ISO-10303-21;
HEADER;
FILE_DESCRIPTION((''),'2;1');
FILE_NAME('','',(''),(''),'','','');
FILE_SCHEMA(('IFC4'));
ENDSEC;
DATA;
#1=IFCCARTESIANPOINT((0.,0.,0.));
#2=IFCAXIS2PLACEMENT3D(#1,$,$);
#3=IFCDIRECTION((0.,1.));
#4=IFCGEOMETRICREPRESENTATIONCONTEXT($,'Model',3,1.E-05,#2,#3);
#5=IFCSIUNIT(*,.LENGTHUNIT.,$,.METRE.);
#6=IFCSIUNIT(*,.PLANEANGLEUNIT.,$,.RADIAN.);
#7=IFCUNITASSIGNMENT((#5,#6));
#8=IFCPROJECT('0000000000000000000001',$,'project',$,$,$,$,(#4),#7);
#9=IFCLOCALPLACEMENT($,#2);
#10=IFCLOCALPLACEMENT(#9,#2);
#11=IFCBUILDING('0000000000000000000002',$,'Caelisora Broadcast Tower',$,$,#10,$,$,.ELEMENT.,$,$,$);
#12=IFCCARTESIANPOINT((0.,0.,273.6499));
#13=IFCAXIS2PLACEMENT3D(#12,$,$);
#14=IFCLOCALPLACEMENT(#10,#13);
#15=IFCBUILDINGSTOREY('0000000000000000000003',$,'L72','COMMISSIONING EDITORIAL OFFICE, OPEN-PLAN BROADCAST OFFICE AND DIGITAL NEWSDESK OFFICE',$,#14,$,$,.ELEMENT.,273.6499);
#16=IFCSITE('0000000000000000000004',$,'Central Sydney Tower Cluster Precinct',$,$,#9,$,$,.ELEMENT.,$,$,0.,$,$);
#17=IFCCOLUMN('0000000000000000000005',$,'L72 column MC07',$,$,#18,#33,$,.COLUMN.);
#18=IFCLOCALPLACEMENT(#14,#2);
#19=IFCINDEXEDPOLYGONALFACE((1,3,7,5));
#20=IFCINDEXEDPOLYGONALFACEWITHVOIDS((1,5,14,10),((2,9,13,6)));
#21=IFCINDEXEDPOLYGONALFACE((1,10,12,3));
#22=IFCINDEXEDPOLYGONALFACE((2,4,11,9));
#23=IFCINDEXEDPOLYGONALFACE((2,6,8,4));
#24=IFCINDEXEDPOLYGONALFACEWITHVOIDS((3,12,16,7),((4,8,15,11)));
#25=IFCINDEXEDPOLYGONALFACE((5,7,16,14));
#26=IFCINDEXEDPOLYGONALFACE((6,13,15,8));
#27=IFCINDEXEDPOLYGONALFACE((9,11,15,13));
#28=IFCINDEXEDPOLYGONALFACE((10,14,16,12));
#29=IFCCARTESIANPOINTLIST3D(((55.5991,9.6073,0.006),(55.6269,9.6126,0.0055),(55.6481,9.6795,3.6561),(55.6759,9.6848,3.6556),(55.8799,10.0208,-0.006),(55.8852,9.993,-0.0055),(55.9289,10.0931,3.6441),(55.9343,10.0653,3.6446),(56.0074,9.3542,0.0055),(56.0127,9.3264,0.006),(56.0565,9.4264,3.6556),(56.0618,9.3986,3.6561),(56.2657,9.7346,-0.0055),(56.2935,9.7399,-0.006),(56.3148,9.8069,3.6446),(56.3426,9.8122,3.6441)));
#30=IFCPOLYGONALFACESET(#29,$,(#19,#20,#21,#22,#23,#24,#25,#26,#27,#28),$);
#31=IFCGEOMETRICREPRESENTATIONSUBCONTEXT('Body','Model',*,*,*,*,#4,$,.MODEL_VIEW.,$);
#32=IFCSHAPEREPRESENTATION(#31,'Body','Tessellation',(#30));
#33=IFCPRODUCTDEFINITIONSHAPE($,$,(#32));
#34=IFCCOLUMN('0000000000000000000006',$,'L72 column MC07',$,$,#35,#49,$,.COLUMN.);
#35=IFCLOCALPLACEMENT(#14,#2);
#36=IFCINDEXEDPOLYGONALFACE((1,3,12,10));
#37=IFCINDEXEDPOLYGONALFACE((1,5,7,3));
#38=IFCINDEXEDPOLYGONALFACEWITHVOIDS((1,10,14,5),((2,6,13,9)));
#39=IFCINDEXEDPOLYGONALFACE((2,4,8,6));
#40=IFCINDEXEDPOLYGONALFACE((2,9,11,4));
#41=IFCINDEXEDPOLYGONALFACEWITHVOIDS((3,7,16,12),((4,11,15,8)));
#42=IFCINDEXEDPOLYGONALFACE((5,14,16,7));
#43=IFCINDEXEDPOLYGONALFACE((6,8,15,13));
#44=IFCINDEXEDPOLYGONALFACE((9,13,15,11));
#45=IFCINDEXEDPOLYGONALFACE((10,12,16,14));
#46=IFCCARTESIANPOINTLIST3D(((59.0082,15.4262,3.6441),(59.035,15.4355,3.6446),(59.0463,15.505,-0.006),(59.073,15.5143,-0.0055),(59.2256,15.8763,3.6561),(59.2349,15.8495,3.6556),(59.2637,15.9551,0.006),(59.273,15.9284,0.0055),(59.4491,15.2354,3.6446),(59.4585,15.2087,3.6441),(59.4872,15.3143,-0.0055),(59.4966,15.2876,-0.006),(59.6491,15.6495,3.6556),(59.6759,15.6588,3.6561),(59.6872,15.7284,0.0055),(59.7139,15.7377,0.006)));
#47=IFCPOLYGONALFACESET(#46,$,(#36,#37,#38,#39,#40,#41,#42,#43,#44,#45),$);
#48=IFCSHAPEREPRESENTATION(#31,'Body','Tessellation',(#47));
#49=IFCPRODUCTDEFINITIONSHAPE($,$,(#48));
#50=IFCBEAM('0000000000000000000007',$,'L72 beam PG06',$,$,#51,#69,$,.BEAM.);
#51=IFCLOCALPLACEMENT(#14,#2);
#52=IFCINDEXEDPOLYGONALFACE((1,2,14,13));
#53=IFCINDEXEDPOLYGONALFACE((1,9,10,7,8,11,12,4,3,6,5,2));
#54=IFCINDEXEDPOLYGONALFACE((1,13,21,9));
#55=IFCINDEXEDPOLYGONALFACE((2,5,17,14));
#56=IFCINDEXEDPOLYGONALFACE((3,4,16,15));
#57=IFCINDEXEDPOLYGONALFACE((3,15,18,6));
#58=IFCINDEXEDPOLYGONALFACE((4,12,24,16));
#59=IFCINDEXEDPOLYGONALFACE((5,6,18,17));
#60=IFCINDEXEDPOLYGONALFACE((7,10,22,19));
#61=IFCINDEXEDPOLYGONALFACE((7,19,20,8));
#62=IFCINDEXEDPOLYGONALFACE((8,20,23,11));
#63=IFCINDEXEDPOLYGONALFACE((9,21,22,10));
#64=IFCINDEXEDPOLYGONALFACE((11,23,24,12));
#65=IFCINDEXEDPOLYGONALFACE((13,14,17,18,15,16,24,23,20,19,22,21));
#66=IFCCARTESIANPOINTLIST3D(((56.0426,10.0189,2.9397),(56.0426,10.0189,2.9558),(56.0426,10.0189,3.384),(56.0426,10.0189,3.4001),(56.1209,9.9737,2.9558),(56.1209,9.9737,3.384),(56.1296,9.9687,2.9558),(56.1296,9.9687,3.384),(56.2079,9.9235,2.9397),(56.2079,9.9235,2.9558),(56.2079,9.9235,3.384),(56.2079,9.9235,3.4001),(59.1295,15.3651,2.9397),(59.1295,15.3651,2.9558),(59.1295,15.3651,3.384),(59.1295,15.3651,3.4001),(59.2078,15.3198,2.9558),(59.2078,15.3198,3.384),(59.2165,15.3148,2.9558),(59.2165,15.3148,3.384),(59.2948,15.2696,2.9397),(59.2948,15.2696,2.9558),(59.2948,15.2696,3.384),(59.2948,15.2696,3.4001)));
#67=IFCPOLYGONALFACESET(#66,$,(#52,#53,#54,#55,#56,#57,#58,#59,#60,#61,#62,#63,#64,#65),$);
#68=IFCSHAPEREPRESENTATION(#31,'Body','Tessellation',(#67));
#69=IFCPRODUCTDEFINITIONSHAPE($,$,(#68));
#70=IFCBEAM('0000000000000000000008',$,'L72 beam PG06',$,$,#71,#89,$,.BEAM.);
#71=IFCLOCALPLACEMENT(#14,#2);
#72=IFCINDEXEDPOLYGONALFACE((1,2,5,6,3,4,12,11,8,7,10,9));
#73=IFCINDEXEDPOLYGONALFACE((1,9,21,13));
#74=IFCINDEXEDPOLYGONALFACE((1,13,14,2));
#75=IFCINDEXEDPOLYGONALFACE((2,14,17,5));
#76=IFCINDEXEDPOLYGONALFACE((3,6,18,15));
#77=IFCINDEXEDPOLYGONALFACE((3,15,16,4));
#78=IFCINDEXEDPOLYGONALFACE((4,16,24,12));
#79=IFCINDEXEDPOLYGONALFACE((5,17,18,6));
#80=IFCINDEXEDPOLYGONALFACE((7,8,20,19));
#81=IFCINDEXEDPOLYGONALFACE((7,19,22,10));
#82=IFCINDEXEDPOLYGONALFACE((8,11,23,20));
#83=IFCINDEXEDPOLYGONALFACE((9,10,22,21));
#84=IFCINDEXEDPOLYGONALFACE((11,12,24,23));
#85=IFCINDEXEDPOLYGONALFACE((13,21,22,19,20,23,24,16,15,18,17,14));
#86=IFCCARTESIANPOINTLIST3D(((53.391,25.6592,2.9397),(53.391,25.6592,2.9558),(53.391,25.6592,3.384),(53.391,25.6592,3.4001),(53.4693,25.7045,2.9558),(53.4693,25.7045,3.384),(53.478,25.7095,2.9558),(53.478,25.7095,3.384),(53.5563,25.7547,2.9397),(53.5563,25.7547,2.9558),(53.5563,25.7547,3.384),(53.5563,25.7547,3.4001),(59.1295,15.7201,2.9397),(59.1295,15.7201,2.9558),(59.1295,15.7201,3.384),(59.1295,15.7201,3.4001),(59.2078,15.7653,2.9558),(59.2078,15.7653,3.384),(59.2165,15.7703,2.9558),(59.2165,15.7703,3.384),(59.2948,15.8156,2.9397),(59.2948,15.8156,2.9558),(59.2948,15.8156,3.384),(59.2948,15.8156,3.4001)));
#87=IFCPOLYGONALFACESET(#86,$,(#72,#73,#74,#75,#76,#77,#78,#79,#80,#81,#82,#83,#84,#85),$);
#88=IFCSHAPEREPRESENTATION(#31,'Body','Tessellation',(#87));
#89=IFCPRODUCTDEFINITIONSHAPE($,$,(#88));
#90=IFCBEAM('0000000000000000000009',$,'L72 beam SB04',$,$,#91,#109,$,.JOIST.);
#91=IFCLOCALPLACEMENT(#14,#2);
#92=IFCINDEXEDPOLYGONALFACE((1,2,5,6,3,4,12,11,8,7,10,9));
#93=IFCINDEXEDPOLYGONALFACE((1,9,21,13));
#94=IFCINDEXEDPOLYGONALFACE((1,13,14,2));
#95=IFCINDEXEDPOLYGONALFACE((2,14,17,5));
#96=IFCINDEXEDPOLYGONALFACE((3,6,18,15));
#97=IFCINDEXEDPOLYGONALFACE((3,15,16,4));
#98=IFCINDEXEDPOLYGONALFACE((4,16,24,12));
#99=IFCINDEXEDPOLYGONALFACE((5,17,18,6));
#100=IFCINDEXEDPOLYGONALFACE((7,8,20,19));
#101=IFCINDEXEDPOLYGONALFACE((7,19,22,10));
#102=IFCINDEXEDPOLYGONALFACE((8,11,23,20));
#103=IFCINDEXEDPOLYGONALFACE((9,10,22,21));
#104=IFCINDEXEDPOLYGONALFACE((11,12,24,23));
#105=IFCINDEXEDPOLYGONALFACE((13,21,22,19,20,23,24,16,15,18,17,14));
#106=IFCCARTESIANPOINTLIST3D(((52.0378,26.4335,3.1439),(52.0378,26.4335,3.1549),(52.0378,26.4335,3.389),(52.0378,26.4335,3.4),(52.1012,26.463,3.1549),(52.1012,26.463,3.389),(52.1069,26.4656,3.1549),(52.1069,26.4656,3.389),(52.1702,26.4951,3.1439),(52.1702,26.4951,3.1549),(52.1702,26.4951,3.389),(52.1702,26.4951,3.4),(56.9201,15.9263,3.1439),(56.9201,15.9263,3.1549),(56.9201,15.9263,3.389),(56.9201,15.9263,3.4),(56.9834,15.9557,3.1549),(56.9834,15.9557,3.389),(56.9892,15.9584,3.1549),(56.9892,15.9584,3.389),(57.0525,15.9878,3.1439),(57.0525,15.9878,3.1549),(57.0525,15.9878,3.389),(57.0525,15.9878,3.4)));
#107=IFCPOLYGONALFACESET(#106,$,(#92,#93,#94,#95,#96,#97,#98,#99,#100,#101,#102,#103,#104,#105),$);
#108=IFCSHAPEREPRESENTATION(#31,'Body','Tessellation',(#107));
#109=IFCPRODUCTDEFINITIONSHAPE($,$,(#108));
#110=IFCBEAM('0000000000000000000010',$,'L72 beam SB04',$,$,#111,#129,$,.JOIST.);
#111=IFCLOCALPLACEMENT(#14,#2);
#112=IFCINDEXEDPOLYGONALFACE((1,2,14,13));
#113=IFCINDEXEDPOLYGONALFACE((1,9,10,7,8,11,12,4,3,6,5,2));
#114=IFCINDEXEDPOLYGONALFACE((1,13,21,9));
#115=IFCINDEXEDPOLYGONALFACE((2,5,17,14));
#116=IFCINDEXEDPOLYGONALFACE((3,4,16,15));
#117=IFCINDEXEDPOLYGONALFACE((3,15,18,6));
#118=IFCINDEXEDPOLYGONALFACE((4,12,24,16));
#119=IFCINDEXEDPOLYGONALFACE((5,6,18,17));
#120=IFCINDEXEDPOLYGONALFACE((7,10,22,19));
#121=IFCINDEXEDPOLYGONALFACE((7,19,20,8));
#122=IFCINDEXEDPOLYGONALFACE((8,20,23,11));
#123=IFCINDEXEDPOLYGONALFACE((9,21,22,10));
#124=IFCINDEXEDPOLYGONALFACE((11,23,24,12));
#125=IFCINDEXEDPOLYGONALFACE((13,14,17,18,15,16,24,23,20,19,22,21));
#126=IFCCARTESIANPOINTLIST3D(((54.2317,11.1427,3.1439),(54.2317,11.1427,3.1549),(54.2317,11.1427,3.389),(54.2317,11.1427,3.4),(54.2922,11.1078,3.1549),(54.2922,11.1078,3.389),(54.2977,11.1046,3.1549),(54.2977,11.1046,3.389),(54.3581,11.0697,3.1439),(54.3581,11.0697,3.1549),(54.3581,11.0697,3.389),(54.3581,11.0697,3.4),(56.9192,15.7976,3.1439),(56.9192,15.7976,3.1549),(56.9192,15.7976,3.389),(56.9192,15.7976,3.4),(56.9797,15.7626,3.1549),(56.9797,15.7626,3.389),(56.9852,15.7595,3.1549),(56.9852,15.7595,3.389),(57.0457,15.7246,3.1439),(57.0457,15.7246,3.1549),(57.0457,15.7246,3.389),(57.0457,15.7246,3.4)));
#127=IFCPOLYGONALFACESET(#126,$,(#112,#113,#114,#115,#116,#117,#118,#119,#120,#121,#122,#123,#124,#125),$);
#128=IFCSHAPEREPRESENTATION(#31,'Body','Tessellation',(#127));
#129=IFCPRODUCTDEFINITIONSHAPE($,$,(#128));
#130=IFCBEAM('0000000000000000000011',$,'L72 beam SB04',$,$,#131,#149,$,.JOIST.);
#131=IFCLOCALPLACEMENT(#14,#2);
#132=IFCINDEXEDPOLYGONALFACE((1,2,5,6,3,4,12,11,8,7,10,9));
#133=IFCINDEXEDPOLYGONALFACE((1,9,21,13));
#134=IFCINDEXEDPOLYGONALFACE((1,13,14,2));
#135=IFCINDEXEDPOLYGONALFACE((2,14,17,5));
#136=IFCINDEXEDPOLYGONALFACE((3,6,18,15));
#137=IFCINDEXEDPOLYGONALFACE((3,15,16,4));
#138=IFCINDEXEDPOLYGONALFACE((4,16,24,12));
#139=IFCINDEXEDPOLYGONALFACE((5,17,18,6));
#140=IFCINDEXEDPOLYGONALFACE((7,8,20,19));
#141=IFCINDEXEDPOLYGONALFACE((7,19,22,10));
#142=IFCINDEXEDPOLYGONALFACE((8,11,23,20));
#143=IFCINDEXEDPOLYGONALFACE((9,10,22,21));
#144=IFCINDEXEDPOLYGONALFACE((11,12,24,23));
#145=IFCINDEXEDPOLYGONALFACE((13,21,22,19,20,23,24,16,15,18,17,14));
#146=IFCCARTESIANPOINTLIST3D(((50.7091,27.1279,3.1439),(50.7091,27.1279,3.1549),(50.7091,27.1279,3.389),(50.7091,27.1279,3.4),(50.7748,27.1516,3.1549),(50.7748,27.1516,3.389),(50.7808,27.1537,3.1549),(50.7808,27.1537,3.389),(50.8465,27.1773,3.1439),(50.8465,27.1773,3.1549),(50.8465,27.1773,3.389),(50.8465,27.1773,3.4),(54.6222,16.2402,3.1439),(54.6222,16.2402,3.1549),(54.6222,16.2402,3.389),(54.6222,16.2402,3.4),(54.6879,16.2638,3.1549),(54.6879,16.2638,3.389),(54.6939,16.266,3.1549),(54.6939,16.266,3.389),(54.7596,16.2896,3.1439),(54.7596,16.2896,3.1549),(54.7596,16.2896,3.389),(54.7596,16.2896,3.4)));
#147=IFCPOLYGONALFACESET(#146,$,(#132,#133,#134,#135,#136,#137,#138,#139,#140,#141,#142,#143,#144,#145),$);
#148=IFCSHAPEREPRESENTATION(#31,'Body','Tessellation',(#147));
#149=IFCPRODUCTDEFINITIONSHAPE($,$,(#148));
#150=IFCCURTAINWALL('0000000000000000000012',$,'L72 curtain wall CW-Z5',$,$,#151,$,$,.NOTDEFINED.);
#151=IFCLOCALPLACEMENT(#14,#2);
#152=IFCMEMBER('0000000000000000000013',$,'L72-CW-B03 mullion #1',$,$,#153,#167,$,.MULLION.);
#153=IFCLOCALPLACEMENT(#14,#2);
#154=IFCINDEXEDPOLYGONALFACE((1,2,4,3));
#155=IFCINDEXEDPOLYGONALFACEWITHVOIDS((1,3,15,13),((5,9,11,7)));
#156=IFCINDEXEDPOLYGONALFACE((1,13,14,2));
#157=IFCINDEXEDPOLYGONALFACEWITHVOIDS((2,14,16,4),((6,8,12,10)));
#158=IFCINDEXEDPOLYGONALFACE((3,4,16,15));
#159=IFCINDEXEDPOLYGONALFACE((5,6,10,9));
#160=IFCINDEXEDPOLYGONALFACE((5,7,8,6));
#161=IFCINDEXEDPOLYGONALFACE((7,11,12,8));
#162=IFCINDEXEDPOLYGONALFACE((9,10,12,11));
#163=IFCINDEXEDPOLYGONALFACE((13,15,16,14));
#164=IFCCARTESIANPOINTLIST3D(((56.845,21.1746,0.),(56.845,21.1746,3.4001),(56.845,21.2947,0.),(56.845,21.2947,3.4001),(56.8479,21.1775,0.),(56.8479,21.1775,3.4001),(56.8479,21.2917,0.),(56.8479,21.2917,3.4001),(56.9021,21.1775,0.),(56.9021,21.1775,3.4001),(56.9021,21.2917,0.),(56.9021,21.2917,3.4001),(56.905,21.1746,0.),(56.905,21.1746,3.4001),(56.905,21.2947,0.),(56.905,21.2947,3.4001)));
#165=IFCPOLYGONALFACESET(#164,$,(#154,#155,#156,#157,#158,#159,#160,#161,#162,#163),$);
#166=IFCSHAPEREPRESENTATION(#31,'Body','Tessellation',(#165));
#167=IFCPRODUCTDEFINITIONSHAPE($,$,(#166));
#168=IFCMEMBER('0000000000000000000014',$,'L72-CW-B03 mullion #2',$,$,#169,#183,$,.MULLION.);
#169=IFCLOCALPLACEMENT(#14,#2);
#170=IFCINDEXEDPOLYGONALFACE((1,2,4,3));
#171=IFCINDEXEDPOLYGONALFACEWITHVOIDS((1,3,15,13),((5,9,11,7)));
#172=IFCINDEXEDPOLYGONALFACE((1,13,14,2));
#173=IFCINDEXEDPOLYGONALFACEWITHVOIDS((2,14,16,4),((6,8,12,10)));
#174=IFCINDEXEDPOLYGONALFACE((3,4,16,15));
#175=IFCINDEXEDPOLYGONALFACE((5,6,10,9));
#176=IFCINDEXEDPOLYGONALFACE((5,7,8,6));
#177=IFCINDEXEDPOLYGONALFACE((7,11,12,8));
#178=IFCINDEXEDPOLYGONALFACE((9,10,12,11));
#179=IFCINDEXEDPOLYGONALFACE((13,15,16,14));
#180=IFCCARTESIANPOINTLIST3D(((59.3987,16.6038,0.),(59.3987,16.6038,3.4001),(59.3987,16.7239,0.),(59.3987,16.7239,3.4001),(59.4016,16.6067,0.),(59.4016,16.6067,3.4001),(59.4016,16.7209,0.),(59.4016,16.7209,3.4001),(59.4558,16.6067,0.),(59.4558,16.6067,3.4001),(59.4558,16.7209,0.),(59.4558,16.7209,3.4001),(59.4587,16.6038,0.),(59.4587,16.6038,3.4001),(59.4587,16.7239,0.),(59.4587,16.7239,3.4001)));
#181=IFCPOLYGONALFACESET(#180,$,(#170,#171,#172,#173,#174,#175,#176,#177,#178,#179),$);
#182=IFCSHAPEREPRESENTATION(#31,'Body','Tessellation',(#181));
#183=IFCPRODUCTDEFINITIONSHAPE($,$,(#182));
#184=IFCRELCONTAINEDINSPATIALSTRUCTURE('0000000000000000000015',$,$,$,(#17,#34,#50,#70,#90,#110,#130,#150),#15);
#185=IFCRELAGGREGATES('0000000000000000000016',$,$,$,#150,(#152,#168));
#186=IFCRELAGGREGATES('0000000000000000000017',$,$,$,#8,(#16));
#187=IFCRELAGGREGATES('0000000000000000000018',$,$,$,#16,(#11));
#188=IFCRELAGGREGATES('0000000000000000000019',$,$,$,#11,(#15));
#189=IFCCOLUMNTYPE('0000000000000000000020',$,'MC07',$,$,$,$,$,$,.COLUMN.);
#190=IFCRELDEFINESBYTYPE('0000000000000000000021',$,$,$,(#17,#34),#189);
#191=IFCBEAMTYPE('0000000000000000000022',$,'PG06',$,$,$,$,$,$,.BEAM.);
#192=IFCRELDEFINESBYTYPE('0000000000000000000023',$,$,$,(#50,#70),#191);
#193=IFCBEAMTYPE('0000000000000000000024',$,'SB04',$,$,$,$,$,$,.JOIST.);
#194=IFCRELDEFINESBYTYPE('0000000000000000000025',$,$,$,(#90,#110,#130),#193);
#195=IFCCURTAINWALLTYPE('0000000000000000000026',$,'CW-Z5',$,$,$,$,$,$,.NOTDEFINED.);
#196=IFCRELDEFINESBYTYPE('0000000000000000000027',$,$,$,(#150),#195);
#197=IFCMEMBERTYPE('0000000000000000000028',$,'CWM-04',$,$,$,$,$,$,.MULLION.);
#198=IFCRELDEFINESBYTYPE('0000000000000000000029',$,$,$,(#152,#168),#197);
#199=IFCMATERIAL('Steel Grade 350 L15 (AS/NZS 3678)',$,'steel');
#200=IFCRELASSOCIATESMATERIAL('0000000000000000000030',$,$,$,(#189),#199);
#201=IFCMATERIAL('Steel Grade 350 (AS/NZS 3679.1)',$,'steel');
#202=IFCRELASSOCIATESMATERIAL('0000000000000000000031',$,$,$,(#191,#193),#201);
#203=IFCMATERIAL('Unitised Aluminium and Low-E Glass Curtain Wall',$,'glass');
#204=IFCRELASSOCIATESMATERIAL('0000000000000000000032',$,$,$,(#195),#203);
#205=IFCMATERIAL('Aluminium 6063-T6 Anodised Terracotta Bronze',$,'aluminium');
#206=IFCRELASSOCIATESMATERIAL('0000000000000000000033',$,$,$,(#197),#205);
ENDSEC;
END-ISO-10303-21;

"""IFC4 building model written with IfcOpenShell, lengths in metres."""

from ifc_helpers import new_model, si_unit, direction, frame, origin, origin_2d, place, context, subcontext, project, spatial, hollow_rectangle, i_section, extrude, source, transform, mapped, material, material_profile, profile_set, type_object, type_shapes, element, aggregate, save


model = new_model("IFC4")

# Units and contexts
model_context = context("Model", 3, precision=1e-05, world=origin(), true_north=direction((0.0, 1.0)))
body_context = subcontext(model_context, "Body", "Model", "MODEL_VIEW")
ifc_project = project(units=[si_unit("LENGTHUNIT", "METRE"), si_unit("PLANEANGLEUNIT", "RADIAN")], contexts=[model_context])

# Site, building, storey
site_placement = place(None, origin())
site = spatial("IfcSite", under=ifc_project, at=site_placement, Name="Central Sydney Tower Cluster Precinct", CompositionType="ELEMENT", RefElevation=0.0)
building_placement = place(site_placement, origin())
building = spatial("IfcBuilding", under=site, at=building_placement, Name="Caelisora Broadcast Tower", CompositionType="ELEMENT")
storey_placement = place(building_placement, frame((0.0, 0.0, 273.6499)))
storey = spatial("IfcBuildingStorey", under=building, at=storey_placement, Name="L72", Description="COMMISSIONING EDITORIAL OFFICE, OPEN-PLAN BROADCAST OFFICE AND DIGITAL NEWSDESK OFFICE", CompositionType="ELEMENT", Elevation=273.6499)

# Columns
ifc_material_1 = material(Name="Steel Grade 350 L15 (AS/NZS 3678)", Category="steel")
ifc_material_profile_1 = material_profile(ifc_material_1, hollow_rectangle(XDim=0.5, YDim=0.5, WallThickness=0.02, at=origin_2d()), Name="Steel Grade 350 L15 (AS/NZS 3678)")
ifc_profile_set_1 = profile_set([ifc_material_profile_1], Name="Steel Grade 350 L15 (AS/NZS 3678)")
column_type = type_object("IfcColumnType", Name="MC07", PredefinedType="COLUMN", material=ifc_profile_set_1)
shared_shape_1 = source(origin(), body_context, "Body", "SweptSolid", [
    extrude(hollow_rectangle(XDim=0.5, YDim=0.5, WallThickness=0.02, at=origin_2d()), origin(), (0.0, 0.0, 1.0), 3.6511),
])
type_shapes(column_type, [shared_shape_1])
for number, where, z_axis, x_axis, name in (
    (1, (55.9463, 9.6736, 0.0), (0.01344, 0.019792, 0.999714), (-0.82729, 0.561775, 0.0), "L72 column MC07"),
    (2, (59.3801, 15.6213, 0.0), (-0.010431, -0.021598, 0.999712), (0.900476, -0.434905, 0.0), "L72 column MC07"),
):
    element("IfcColumn", number, at=place(storey_placement, frame(where, z_axis=z_axis, x_axis=x_axis)), inside=storey, type_object=column_type, Name=name, PredefinedType="COLUMN", context=body_context, shape_type="MappedRepresentation", body=[
        mapped(shared_shape_1, transform((0.0, 0.0, 0.0), scale=1.0)),
    ])

# Beams
ifc_material_2 = material(Name="Steel Grade 350 (AS/NZS 3679.1)", Category="steel")
ifc_material_profile_2 = material_profile(ifc_material_2, i_section(OverallWidth=0.1909, OverallDepth=0.4604, WebThickness=0.01, FlangeThickness=0.0161, at=origin_2d()), Name="Steel Grade 350 (AS/NZS 3679.1)")
ifc_profile_set_2 = profile_set([ifc_material_profile_2], Name="Steel Grade 350 (AS/NZS 3679.1)")
beam_type_1 = type_object("IfcBeamType", Name="PG06", PredefinedType="BEAM", material=ifc_profile_set_2)
shared_shape_2 = source(origin(), body_context, "Body", "SweptSolid", [
    extrude(i_section(OverallWidth=0.1909, OverallDepth=0.4604, WebThickness=0.01, FlangeThickness=0.0161, at=origin_2d()), origin(), (0.0, 0.0, 1.0), 6.1733),
])
beam_1_placement = place(storey_placement, frame((56.1252, 9.9712, 3.1699), z_axis=(0.500035, 0.866005, 0.0), x_axis=(-0.866005, 0.500035, 0.0)))
element("IfcBeam", 3, at=beam_1_placement, inside=storey, type_object=beam_type_1, Name="L72 beam PG06", PredefinedType="BEAM", context=body_context, shape_type="MappedRepresentation", body=[
    mapped(shared_shape_2, transform((0.0, 0.0, 0.0), scale=1.0)),
])
shared_shape_3 = source(origin(), body_context, "Body", "SweptSolid", [
    extrude(i_section(OverallWidth=0.1909, OverallDepth=0.4604, WebThickness=0.01, FlangeThickness=0.0161, at=origin_2d()), origin(), (0.0, 0.0, 1.0), 11.4768),
])
type_shapes(beam_type_1, [shared_shape_2, shared_shape_3])
beam_2_placement = place(storey_placement, frame((59.2122, 15.7678, 3.1699), z_axis=(-0.500008, 0.866021, 0.0), x_axis=(-0.866021, -0.500008, 0.0)))
element("IfcBeam", 4, at=beam_2_placement, inside=storey, type_object=beam_type_1, Name="L72 beam PG06", PredefinedType="BEAM", context=body_context, shape_type="MappedRepresentation", body=[
    mapped(shared_shape_3, transform((0.0, 0.0, 0.0), scale=1.0)),
])
ifc_material_profile_3 = material_profile(ifc_material_2, i_section(OverallWidth=0.146, OverallDepth=0.2561, WebThickness=0.0063, FlangeThickness=0.011, at=origin_2d()), Name="Steel Grade 350 (AS/NZS 3679.1)")
ifc_profile_set_3 = profile_set([ifc_material_profile_3], Name="Steel Grade 350 (AS/NZS 3679.1)")
beam_type_2 = type_object("IfcBeamType", Name="SB04", PredefinedType="JOIST", material=ifc_profile_set_3)
shared_shape_4 = source(origin(), body_context, "Body", "SweptSolid", [
    extrude(i_section(OverallWidth=0.146, OverallDepth=0.2561, WebThickness=0.0063, FlangeThickness=0.011, at=origin_2d()), origin(), (0.0, 0.0, 1.0), 11.5862),
])
beam_3_placement = place(storey_placement, frame((56.9863, 15.957, 3.272), z_axis=(-0.42139, 0.90688, 0.0), x_axis=(-0.90688, -0.42139, 0.0)))
element("IfcBeam", 5, at=beam_3_placement, inside=storey, type_object=beam_type_2, Name="L72 beam SB04", PredefinedType="JOIST", context=body_context, shape_type="MappedRepresentation", body=[
    mapped(shared_shape_4, transform((0.0, 0.0, 0.0), scale=1.0)),
])
shared_shape_5 = source(origin(), body_context, "Body", "SweptSolid", [
    extrude(i_section(OverallWidth=0.146, OverallDepth=0.2561, WebThickness=0.0063, FlangeThickness=0.011, at=origin_2d()), origin(), (0.0, 0.0, 1.0), 5.375),
])
beam_4_placement = place(storey_placement, frame((54.2949, 11.1062, 3.272), z_axis=(0.500008, 0.866021, 0.0), x_axis=(-0.866021, 0.500008, 0.0)))
element("IfcBeam", 6, at=beam_4_placement, inside=storey, type_object=beam_type_2, Name="L72 beam SB04", PredefinedType="JOIST", context=body_context, shape_type="MappedRepresentation", body=[
    mapped(shared_shape_5, transform((0.0, 0.0, 0.0), scale=1.0)),
])
shared_shape_6 = source(origin(), body_context, "Body", "SweptSolid", [
    extrude(i_section(OverallWidth=0.146, OverallDepth=0.2561, WebThickness=0.0063, FlangeThickness=0.011, at=origin_2d()), origin(), (0.0, 0.0, 1.0), 11.5696),
])
type_shapes(beam_type_2, [shared_shape_4, shared_shape_5, shared_shape_6])
beam_5_placement = place(storey_placement, frame((54.6909, 16.2649, 3.272), z_axis=(-0.338223, 0.941066, 0.0), x_axis=(-0.941066, -0.338223, 0.0)))
element("IfcBeam", 7, at=beam_5_placement, inside=storey, type_object=beam_type_2, Name="L72 beam SB04", PredefinedType="JOIST", context=body_context, shape_type="MappedRepresentation", body=[
    mapped(shared_shape_6, transform((0.0, 0.0, 0.0), scale=1.0)),
])

# Curtain wall, members
ifc_material_3 = material(Name="Unitised Aluminium and Low-E Glass Curtain Wall", Category="glass")
curtain_wall_type = type_object("IfcCurtainWallType", Name="CW-Z5", PredefinedType="NOTDEFINED", material=ifc_material_3)
curtain_wall_1_placement = place(storey_placement, origin())
curtain_wall_1 = element("IfcCurtainWall", 8, at=curtain_wall_1_placement, inside=storey, type_object=curtain_wall_type, Name="L72 curtain wall CW-Z5", PredefinedType="NOTDEFINED")
ifc_material_4 = material(Name="Aluminium 6063-T6 Anodised Terracotta Bronze", Category="aluminium")
ifc_material_profile_4 = material_profile(ifc_material_4, hollow_rectangle(XDim=0.0601, YDim=0.1201, WallThickness=0.0029, at=origin_2d()), Name="Aluminium 6063-T6 Anodised Terracotta Bronze")
ifc_profile_set_4 = profile_set([ifc_material_profile_4], Name="Aluminium 6063-T6 Anodised Terracotta Bronze")
member_type_1 = type_object("IfcMemberType", Name="CWM-04", PredefinedType="MULLION", material=ifc_profile_set_4)
shared_shape_7 = source(origin(), body_context, "Body", "SweptSolid", [
    extrude(hollow_rectangle(XDim=0.0601, YDim=0.1201, WallThickness=0.0029, at=origin_2d()), origin(), (0.0, 0.0, 1.0), 3.4001),
])
type_shapes(member_type_1, [shared_shape_7])
member_1_placement = place(storey_placement, frame((56.875, 21.2346, 0.0), z_axis=(0.0, 0.0, 1.0), x_axis=(1.0, 0.0, 0.0)))
member_1 = element("IfcMember", 9, at=member_1_placement, type_object=member_type_1, Name="L72-CW-B03 mullion #1", PredefinedType="MULLION", context=body_context, shape_type="MappedRepresentation", body=[
    mapped(shared_shape_7, transform((0.0, 0.0, 0.0), scale=1.0)),
])
member_2_placement = place(storey_placement, frame((59.4287, 16.6638, 0.0), z_axis=(0.0, 0.0, 1.0), x_axis=(1.0, 0.0, 0.0)))
member_2 = element("IfcMember", 10, at=member_2_placement, type_object=member_type_1, Name="L72-CW-B03 mullion #2", PredefinedType="MULLION", context=body_context, shape_type="MappedRepresentation", body=[
    mapped(shared_shape_7, transform((0.0, 0.0, 0.0), scale=1.0)),
])

aggregate(curtain_wall_1, [member_1, member_2])

save(model, "model.ifc")
